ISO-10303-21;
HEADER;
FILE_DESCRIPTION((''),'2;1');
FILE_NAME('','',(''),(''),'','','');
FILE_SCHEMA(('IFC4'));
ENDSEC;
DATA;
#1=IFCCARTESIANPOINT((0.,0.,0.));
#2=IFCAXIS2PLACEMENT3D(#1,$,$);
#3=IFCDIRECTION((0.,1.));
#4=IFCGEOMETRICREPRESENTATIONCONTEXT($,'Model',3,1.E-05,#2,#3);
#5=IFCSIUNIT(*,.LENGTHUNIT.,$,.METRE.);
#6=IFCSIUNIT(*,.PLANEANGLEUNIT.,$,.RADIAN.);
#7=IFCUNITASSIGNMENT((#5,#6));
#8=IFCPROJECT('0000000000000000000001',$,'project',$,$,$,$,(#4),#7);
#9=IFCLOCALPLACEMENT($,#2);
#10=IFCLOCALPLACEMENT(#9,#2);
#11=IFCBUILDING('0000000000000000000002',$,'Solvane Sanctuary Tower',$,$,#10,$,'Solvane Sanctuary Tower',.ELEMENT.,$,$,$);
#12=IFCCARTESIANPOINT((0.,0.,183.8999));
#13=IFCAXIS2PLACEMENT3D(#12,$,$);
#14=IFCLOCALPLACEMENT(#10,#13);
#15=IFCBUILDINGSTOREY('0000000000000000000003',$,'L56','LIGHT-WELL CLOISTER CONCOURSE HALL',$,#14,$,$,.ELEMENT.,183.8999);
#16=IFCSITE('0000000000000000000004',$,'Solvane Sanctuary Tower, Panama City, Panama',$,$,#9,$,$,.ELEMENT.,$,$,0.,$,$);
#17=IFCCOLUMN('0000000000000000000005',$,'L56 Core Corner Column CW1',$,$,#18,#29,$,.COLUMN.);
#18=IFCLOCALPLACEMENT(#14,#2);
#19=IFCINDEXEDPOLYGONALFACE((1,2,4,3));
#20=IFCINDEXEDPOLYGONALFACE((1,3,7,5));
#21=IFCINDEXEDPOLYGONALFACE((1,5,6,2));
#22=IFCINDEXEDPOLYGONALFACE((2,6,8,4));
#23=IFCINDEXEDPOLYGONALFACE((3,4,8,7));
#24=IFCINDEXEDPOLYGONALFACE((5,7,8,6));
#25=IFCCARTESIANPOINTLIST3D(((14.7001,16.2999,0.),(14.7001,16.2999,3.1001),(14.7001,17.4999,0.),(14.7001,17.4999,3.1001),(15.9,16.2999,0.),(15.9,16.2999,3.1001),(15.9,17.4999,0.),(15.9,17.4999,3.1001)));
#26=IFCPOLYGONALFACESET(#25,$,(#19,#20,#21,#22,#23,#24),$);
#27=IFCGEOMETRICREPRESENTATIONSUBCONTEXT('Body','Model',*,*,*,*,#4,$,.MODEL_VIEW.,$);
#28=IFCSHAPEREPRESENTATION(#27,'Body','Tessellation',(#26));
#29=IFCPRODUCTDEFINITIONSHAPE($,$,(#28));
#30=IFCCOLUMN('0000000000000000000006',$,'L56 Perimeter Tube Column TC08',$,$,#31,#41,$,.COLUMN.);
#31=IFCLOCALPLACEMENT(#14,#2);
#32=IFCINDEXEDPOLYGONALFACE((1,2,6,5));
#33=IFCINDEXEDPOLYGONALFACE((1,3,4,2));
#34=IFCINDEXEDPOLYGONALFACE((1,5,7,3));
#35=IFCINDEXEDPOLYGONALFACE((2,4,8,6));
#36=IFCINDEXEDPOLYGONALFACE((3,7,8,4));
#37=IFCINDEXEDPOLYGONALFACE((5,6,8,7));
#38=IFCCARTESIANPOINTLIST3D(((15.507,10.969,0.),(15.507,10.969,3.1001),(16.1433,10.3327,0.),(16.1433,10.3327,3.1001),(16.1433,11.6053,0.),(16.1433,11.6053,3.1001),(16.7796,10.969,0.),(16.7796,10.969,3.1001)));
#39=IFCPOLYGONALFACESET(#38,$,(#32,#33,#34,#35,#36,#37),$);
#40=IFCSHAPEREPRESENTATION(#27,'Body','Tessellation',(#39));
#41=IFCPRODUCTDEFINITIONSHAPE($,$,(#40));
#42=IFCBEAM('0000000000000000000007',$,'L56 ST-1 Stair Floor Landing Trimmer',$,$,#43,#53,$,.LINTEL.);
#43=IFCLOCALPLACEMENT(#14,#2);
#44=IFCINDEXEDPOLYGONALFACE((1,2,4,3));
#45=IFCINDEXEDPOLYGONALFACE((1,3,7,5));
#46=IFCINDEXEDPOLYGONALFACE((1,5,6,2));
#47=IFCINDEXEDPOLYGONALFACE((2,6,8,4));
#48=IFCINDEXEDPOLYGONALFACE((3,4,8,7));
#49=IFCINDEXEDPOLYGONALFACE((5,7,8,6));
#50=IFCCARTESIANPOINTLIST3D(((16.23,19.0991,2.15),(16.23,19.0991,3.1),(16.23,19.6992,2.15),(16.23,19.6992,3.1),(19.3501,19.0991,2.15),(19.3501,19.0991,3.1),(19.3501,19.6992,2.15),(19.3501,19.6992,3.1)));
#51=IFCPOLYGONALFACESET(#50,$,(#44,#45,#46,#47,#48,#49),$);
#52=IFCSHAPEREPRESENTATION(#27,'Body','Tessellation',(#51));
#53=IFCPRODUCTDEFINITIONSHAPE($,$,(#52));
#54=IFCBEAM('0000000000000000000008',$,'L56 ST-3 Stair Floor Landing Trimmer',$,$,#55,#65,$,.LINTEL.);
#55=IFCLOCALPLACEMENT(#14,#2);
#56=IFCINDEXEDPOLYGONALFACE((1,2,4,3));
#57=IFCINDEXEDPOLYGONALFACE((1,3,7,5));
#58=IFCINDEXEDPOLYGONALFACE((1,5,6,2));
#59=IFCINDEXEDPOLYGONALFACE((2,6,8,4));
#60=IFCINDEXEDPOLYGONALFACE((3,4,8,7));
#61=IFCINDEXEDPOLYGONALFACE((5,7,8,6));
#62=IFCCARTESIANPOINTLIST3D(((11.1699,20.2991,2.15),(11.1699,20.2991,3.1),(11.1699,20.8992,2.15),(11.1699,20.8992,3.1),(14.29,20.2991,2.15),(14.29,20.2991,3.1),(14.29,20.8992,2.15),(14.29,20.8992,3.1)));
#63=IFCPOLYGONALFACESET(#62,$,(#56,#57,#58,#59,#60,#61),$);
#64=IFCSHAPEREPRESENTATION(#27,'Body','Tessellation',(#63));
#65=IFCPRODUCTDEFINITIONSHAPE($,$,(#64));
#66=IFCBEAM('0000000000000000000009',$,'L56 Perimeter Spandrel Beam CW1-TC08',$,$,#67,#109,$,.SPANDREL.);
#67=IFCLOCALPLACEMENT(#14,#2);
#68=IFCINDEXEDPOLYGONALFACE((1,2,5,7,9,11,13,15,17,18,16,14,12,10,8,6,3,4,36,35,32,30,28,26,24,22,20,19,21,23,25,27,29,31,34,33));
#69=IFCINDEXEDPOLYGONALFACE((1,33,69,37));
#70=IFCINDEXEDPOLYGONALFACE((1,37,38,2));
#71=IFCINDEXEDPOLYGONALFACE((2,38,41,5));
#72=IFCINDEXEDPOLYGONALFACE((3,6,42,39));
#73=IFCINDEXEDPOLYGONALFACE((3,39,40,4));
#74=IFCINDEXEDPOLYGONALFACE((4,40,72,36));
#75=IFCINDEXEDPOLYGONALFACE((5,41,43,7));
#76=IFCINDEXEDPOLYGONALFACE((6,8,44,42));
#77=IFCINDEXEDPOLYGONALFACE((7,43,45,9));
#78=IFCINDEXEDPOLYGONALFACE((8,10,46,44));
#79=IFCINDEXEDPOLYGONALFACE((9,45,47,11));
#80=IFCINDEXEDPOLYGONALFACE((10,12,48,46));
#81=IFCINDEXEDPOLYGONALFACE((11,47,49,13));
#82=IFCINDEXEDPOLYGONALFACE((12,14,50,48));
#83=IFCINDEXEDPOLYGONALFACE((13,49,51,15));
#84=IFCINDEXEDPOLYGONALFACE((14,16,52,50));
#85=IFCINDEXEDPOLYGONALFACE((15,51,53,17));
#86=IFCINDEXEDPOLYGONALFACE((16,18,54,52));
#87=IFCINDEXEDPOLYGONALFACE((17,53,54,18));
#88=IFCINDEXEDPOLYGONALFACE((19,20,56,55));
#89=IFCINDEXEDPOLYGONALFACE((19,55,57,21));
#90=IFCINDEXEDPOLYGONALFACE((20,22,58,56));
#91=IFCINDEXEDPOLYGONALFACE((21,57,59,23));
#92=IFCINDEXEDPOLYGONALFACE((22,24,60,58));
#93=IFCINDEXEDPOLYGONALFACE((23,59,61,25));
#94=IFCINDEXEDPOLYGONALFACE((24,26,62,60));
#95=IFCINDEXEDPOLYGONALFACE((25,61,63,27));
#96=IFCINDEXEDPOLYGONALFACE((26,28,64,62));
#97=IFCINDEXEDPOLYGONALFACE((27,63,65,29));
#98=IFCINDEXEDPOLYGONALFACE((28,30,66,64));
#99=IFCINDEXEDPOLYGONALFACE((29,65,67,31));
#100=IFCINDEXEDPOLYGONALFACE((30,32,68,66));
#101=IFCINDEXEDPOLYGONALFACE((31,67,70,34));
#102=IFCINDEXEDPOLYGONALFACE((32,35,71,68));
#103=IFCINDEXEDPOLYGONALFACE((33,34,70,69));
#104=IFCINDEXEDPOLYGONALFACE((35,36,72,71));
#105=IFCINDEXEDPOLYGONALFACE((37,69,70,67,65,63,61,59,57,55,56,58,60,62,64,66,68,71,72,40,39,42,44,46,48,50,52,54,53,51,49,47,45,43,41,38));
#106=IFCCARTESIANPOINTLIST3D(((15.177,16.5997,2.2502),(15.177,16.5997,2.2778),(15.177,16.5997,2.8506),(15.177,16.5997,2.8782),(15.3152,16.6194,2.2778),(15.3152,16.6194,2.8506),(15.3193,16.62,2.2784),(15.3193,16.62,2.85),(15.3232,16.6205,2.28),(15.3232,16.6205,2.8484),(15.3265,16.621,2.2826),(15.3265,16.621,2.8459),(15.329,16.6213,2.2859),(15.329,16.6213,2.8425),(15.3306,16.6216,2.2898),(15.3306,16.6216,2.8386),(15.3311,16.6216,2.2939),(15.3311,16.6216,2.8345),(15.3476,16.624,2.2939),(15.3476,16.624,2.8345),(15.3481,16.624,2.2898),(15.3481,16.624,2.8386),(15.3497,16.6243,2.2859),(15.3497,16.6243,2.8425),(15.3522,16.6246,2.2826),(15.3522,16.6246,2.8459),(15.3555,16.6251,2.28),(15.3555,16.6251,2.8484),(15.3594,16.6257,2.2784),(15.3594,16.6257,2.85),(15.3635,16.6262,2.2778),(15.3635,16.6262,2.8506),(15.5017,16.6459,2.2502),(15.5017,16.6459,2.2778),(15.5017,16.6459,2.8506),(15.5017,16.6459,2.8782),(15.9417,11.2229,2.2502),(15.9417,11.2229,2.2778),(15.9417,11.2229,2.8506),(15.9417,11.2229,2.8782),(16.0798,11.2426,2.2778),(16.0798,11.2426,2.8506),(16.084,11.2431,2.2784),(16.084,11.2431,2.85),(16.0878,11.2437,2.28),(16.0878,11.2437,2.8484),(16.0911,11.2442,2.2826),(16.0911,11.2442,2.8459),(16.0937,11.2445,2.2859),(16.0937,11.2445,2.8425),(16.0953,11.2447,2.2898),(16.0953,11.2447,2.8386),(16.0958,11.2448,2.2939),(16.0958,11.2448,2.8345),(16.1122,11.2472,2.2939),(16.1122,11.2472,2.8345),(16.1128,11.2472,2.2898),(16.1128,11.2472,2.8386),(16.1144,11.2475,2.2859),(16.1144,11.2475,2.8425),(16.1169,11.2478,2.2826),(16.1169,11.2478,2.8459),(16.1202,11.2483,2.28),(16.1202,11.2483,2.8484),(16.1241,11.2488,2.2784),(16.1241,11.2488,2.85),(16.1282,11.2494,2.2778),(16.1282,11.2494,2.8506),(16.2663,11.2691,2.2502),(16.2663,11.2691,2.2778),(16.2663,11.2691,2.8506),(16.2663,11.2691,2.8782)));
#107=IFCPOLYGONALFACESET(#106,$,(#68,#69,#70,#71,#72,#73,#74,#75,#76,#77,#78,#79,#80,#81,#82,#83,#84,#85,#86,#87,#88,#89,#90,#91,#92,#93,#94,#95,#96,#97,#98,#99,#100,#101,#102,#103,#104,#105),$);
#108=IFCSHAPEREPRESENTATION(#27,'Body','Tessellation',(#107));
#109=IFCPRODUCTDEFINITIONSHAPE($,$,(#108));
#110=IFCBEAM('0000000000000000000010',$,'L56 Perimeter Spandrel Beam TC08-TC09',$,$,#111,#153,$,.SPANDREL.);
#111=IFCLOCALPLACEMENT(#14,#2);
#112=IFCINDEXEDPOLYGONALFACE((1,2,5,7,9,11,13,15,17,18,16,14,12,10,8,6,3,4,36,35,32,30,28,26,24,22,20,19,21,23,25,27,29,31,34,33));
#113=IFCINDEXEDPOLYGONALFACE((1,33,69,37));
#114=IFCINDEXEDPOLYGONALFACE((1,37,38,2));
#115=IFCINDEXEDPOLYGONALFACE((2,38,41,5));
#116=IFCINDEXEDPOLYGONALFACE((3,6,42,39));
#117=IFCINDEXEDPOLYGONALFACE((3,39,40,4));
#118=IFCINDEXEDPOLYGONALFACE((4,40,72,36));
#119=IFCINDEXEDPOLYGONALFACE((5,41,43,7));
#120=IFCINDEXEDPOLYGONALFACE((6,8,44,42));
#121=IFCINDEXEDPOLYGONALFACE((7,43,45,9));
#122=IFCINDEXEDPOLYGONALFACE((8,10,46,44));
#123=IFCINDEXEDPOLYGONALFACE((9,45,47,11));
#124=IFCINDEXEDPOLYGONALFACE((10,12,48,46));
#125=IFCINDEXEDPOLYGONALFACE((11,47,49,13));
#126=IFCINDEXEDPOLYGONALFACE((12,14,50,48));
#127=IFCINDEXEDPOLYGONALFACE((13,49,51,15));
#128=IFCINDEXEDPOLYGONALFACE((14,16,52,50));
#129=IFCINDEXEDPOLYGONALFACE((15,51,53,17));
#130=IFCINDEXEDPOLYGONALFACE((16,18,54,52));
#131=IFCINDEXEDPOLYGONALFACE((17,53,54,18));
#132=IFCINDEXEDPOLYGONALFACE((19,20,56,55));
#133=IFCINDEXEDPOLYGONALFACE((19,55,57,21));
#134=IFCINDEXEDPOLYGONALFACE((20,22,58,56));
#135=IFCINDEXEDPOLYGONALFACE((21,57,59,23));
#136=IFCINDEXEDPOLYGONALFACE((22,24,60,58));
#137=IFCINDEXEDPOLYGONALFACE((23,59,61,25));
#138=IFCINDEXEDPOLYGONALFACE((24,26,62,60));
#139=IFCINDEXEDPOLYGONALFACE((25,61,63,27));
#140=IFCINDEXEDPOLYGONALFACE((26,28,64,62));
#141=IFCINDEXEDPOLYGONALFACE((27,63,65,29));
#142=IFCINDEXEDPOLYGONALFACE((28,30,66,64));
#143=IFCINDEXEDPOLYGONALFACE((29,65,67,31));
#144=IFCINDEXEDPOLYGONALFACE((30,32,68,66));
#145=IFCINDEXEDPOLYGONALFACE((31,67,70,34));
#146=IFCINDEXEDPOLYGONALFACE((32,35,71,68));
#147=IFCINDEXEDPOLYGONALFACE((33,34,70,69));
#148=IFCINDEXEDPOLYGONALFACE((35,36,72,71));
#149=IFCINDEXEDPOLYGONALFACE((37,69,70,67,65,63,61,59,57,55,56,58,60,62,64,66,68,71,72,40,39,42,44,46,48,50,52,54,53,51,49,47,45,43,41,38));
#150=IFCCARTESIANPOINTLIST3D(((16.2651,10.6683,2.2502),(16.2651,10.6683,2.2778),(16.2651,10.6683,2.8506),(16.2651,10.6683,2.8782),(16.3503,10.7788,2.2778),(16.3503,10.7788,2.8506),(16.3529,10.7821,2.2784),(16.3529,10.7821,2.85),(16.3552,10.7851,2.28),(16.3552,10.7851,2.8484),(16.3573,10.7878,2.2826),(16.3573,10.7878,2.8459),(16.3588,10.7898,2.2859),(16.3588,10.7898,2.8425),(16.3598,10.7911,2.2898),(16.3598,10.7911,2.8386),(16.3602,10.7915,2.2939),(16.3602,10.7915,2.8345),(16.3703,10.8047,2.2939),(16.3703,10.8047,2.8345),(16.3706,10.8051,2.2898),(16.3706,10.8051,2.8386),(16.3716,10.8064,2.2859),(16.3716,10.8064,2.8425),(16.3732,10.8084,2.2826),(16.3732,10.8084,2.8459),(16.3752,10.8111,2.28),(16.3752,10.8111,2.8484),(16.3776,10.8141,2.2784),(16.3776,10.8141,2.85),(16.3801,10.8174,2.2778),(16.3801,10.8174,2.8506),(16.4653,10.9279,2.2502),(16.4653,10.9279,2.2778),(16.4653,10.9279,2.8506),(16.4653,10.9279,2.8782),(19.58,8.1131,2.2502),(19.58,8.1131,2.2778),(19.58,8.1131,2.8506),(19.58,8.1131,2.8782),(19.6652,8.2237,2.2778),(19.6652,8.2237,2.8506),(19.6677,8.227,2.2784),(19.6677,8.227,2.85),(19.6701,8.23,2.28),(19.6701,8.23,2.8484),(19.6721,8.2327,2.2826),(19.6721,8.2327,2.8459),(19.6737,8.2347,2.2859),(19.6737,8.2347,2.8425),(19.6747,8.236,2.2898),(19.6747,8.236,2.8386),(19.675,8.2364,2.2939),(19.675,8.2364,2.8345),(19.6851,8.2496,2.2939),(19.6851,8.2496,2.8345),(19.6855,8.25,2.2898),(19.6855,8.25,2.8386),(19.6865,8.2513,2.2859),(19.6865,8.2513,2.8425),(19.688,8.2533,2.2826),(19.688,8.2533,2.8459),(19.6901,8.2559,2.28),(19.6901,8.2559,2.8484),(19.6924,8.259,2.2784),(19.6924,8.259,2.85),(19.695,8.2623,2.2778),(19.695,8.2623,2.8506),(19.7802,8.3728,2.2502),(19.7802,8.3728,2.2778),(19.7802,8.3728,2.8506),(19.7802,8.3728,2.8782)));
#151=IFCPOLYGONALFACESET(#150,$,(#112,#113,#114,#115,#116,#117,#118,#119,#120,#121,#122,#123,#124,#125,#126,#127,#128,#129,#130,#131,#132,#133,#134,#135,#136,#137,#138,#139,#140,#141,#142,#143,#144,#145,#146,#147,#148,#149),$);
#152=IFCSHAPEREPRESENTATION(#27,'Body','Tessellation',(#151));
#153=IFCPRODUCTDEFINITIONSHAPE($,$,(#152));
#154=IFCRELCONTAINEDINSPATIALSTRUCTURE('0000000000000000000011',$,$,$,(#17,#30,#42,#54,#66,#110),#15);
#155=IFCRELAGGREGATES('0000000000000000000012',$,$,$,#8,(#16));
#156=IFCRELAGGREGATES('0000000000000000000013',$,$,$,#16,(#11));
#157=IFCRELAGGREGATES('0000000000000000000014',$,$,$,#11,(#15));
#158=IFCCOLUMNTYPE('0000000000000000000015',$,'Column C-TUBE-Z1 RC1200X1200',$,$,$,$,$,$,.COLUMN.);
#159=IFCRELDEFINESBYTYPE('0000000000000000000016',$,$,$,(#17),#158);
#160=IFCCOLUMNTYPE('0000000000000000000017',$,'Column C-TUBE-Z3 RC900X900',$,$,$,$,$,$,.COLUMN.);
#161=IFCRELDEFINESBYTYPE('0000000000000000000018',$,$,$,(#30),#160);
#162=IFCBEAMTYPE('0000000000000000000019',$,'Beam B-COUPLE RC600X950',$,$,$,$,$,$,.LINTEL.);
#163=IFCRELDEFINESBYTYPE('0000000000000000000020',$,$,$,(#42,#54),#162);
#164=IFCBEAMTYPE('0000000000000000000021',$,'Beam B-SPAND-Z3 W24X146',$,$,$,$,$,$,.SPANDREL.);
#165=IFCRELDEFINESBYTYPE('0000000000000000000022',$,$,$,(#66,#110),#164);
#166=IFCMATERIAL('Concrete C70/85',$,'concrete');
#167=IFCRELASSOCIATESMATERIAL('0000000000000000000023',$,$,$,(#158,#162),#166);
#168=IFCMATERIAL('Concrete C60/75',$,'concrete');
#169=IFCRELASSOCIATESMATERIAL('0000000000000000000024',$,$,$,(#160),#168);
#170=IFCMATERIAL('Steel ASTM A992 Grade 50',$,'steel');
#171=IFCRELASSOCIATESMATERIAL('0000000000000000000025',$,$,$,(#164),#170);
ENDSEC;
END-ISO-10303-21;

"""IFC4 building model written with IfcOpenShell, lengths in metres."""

from ifc_helpers import new_model, si_unit, direction, frame, origin, origin_2d, place, context, subcontext, project, spatial, rectangle, i_section, extrude, material, material_profile, profile_set, type_object, element, save


model = new_model("IFC4")

# Units and contexts
model_context = context("Model", 3, precision=1e-05, world=origin(), true_north=direction((0.0, 1.0)))
body_context = subcontext(model_context, "Body", "Model", "MODEL_VIEW")
ifc_project = project(units=[si_unit("LENGTHUNIT", "METRE"), si_unit("PLANEANGLEUNIT", "RADIAN")], contexts=[model_context])

# Site, building, storey
site_placement = place(None, origin())
site = spatial("IfcSite", under=ifc_project, at=site_placement, Name="Solvane Sanctuary Tower, Panama City, Panama", CompositionType="ELEMENT", RefElevation=0.0)
building_placement = place(site_placement, origin())
building = spatial("IfcBuilding", under=site, at=building_placement, Name="Solvane Sanctuary Tower", LongName="Solvane Sanctuary Tower", CompositionType="ELEMENT")
storey_placement = place(building_placement, frame((0.0, 0.0, 183.8999)))
storey = spatial("IfcBuildingStorey", under=building, at=storey_placement, Name="L56", Description="LIGHT-WELL CLOISTER CONCOURSE HALL", CompositionType="ELEMENT", Elevation=183.8999)

# Columns
ifc_material_1 = material(Name="Concrete C70/85", Category="concrete")
ifc_material_profile_1 = material_profile(ifc_material_1, rectangle(XDim=1.2, YDim=1.2, at=origin_2d()), Name="RC1200X1200")
ifc_profile_set_1 = profile_set([ifc_material_profile_1], Name="Concrete C70/85")
column_type_1 = type_object("IfcColumnType", Name="Column C-TUBE-Z1 RC1200X1200", PredefinedType="COLUMN", material=ifc_profile_set_1)
column_1_placement = place(storey_placement, frame((15.3, 16.8999, 0.0), z_axis=(0.0, 0.0, 1.0), x_axis=(1.0, 0.0, 0.0)))
element("IfcColumn", 1, at=column_1_placement, inside=storey, type_object=column_type_1, Name="L56 Core Corner Column CW1", PredefinedType="COLUMN", context=body_context, shape_type="SweptSolid", body=[
    extrude(rectangle(XDim=1.2, YDim=1.2, at=origin_2d()), origin(), (0.0, 0.0, 1.0), 3.1001),
])
ifc_material_2 = material(Name="Concrete C60/75", Category="concrete")
ifc_material_profile_2 = material_profile(ifc_material_2, rectangle(XDim=0.8999, YDim=0.8999, at=origin_2d()), Name="RC900X900")
ifc_profile_set_2 = profile_set([ifc_material_profile_2], Name="Concrete C60/75")
column_type_2 = type_object("IfcColumnType", Name="Column C-TUBE-Z3 RC900X900", PredefinedType="COLUMN", material=ifc_profile_set_2)
column_2_placement = place(storey_placement, frame((16.1433, 10.969, 0.0), z_axis=(0.0, 0.0, 1.0), x_axis=(-0.707107, -0.707107, 0.0)))
element("IfcColumn", 2, at=column_2_placement, inside=storey, type_object=column_type_2, Name="L56 Perimeter Tube Column TC08", PredefinedType="COLUMN", context=body_context, shape_type="SweptSolid", body=[
    extrude(rectangle(XDim=0.8999, YDim=0.8999, at=origin_2d()), origin(), (0.0, 0.0, 1.0), 3.1001),
])

# Beams
ifc_material_profile_3 = material_profile(ifc_material_1, rectangle(XDim=0.6001, YDim=0.95, at=origin_2d()), Name="RC600X950")
ifc_profile_set_3 = profile_set([ifc_material_profile_3], Name="Concrete C70/85")
beam_type_1 = type_object("IfcBeamType", Name="Beam B-COUPLE RC600X950", PredefinedType="LINTEL", material=ifc_profile_set_3)
for number, where, z_axis, x_axis, name in (
    (3, (16.23, 19.3992, 2.625), (1.0, 0.0, 0.0), (0.0, 1.0, 0.0), "L56 ST-1 Stair Floor Landing Trimmer"),
    (4, (11.1699, 20.5991, 2.625), (1.0, 0.0, 0.0), (0.0, 1.0, 0.0), "L56 ST-3 Stair Floor Landing Trimmer"),
):
    element("IfcBeam", number, at=place(storey_placement, frame(where, z_axis=z_axis, x_axis=x_axis)), inside=storey, type_object=beam_type_1, Name=name, PredefinedType="LINTEL", context=body_context, shape_type="SweptSolid", body=[
        extrude(rectangle(XDim=0.6001, YDim=0.95, at=origin_2d()), origin(), (0.0, 0.0, 1.0), 3.1201),
    ])
ifc_material_3 = material(Name="Steel ASTM A992 Grade 50", Category="steel")
ifc_material_profile_4 = material_profile(ifc_material_3, i_section(OverallWidth=0.3279, OverallDepth=0.6279, WebThickness=0.0166, FlangeThickness=0.0276, FilletRadius=0.0161, at=origin_2d()), Name="W24X146")
ifc_profile_set_4 = profile_set([ifc_material_profile_4], Name="Steel ASTM A992 Grade 50")
beam_type_2 = type_object("IfcBeamType", Name="Beam B-SPAND-Z3 W24X146", PredefinedType="SPANDREL", material=ifc_profile_set_4)
beam_1_placement = place(storey_placement, frame((15.3394, 16.6228, 2.5642), z_axis=(0.140798, -0.990038, 0.0), x_axis=(0.990038, 0.140798, 0.0)))
element("IfcBeam", 5, at=beam_1_placement, inside=storey, type_object=beam_type_2, Name="L56 Perimeter Spandrel Beam CW1-TC08", PredefinedType="SPANDREL", context=body_context, shape_type="SweptSolid", body=[
    extrude(i_section(OverallWidth=0.3279, OverallDepth=0.6279, WebThickness=0.0166, FlangeThickness=0.0276, FilletRadius=0.0161, at=origin_2d()), origin(), (0.0, 0.0, 1.0), 5.4309),
])
beam_2_placement = place(storey_placement, frame((16.3652, 10.7981, 2.5642), z_axis=(0.792021, -0.610494, 0.0), x_axis=(0.610494, 0.792021, 0.0)))
element("IfcBeam", 6, at=beam_2_placement, inside=storey, type_object=beam_type_2, Name="L56 Perimeter Spandrel Beam TC08-TC09", PredefinedType="SPANDREL", context=body_context, shape_type="SweptSolid", body=[
    extrude(i_section(OverallWidth=0.3279, OverallDepth=0.6279, WebThickness=0.0166, FlangeThickness=0.0276, FilletRadius=0.0161, at=origin_2d()), origin(), (0.0, 0.0, 1.0), 4.1853),
])

save(model, "model.ifc")
